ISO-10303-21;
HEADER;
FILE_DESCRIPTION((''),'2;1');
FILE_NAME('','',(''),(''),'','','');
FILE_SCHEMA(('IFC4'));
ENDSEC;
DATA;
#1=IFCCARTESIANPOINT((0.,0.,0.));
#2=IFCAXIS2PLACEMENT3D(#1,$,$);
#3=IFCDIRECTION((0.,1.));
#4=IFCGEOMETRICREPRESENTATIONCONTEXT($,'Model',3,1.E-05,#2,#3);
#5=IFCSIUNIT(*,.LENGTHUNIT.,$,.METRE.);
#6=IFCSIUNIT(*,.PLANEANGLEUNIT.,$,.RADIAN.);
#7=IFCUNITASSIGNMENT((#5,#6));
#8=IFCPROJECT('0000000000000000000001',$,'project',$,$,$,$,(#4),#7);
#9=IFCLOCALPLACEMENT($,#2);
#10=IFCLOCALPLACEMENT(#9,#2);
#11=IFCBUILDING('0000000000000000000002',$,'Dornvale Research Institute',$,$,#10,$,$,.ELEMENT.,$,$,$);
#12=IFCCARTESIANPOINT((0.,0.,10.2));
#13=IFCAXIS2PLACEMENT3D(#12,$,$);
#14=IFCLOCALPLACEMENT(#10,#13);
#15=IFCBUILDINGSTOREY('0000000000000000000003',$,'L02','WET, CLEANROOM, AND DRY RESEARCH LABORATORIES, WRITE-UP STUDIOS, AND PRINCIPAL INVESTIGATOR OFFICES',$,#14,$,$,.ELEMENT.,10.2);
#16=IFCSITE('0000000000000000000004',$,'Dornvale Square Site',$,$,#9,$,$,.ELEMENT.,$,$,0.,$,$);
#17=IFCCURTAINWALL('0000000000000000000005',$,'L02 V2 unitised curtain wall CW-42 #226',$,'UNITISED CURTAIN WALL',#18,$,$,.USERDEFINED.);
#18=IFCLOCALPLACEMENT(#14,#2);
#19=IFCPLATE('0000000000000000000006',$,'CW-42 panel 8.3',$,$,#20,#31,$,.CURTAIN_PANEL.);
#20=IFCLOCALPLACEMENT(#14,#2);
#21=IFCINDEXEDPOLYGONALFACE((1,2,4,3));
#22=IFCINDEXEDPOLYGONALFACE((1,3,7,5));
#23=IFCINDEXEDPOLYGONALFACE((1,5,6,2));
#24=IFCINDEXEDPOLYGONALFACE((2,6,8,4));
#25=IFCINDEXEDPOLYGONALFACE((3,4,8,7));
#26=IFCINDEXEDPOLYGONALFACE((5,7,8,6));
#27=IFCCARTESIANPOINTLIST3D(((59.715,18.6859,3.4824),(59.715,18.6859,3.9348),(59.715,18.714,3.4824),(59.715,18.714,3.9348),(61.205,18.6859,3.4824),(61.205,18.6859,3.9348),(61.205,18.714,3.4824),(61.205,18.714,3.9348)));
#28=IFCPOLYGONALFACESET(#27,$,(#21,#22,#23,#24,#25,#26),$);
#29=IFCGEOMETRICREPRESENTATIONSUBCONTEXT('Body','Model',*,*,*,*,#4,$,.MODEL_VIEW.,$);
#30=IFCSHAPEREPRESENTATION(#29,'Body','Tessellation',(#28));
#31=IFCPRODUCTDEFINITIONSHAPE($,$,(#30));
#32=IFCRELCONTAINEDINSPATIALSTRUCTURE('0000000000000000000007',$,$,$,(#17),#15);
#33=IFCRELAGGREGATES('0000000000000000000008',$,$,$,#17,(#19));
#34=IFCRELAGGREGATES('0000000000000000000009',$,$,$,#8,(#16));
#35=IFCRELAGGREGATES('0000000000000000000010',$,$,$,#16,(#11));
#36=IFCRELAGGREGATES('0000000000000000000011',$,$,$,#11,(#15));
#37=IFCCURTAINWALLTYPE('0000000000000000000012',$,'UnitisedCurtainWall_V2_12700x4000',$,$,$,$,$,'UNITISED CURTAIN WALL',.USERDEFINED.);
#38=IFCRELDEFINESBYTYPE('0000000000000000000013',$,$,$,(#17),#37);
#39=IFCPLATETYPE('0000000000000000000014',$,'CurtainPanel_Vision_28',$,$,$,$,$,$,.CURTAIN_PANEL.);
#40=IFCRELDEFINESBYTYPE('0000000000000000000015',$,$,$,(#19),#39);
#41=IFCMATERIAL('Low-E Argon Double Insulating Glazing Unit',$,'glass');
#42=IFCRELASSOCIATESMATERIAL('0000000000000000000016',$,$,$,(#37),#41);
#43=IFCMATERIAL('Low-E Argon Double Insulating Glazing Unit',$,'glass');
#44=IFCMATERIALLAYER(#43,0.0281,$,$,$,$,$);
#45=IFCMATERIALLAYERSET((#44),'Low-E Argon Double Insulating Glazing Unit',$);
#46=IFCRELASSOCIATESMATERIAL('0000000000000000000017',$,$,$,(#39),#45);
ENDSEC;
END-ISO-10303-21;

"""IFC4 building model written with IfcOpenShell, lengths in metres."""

from ifc_helpers import new_model, si_unit, direction, frame, origin, origin_2d, place, context, subcontext, project, spatial, rectangle, extrude, material, layer, layer_set, type_object, element, aggregate, save


model = new_model("IFC4")

# Units and contexts
model_context = context("Model", 3, precision=1e-05, world=origin(), true_north=direction((0.0, 1.0)))
body_context = subcontext(model_context, "Body", "Model", "MODEL_VIEW")
ifc_project = project(units=[si_unit("LENGTHUNIT", "METRE"), si_unit("PLANEANGLEUNIT", "RADIAN")], contexts=[model_context])

# Site, building, storey
site_placement = place(None, origin())
site = spatial("IfcSite", under=ifc_project, at=site_placement, Name="Dornvale Square Site", CompositionType="ELEMENT", RefElevation=0.0)
building_placement = place(site_placement, origin())
building = spatial("IfcBuilding", under=site, at=building_placement, Name="Dornvale Research Institute", CompositionType="ELEMENT")
storey_placement = place(building_placement, frame((0.0, 0.0, 10.2)))
storey = spatial("IfcBuildingStorey", under=building, at=storey_placement, Name="L02", Description="WET, CLEANROOM, AND DRY RESEARCH LABORATORIES, WRITE-UP STUDIOS, AND PRINCIPAL INVESTIGATOR OFFICES", CompositionType="ELEMENT", Elevation=10.2)

# Curtain wall
ifc_material_1 = material(Name="Low-E Argon Double Insulating Glazing Unit", Category="glass")
curtain_wall_type = type_object("IfcCurtainWallType", Name="UnitisedCurtainWall_V2_12700x4000", ElementType="UNITISED CURTAIN WALL", PredefinedType="USERDEFINED", material=ifc_material_1)
curtain_wall_1_placement = place(storey_placement, origin())
curtain_wall_1 = element("IfcCurtainWall", 1, at=curtain_wall_1_placement, inside=storey, type_object=curtain_wall_type, Name="L02 V2 unitised curtain wall CW-42 #226", ObjectType="UNITISED CURTAIN WALL", PredefinedType="USERDEFINED")

# Plate
ifc_material_2 = material(Name="Low-E Argon Double Insulating Glazing Unit", Category="glass")
ifc_layer_1 = layer(ifc_material_2, 0.0281)
ifc_layer_set_1 = layer_set([ifc_layer_1], Name="Low-E Argon Double Insulating Glazing Unit")
plate_type_1 = type_object("IfcPlateType", Name="CurtainPanel_Vision_28", PredefinedType="CURTAIN_PANEL", material=ifc_layer_set_1)
plate_1_placement = place(storey_placement, frame((60.46, 18.7, 3.4824), z_axis=(0.0, 0.0, 1.0), x_axis=(-1.0, 0.0, 0.0)))
plate_1 = element("IfcPlate", 2, at=plate_1_placement, type_object=plate_type_1, Name="CW-42 panel 8.3", PredefinedType="CURTAIN_PANEL", context=body_context, shape_type="SweptSolid", body=[
    extrude(rectangle(XDim=1.49, YDim=0.0281, at=origin_2d()), origin(), (0.0, 0.0, 1.0), 0.4524),
])
aggregate(curtain_wall_1, [plate_1])

save(model, "model.ifc")
